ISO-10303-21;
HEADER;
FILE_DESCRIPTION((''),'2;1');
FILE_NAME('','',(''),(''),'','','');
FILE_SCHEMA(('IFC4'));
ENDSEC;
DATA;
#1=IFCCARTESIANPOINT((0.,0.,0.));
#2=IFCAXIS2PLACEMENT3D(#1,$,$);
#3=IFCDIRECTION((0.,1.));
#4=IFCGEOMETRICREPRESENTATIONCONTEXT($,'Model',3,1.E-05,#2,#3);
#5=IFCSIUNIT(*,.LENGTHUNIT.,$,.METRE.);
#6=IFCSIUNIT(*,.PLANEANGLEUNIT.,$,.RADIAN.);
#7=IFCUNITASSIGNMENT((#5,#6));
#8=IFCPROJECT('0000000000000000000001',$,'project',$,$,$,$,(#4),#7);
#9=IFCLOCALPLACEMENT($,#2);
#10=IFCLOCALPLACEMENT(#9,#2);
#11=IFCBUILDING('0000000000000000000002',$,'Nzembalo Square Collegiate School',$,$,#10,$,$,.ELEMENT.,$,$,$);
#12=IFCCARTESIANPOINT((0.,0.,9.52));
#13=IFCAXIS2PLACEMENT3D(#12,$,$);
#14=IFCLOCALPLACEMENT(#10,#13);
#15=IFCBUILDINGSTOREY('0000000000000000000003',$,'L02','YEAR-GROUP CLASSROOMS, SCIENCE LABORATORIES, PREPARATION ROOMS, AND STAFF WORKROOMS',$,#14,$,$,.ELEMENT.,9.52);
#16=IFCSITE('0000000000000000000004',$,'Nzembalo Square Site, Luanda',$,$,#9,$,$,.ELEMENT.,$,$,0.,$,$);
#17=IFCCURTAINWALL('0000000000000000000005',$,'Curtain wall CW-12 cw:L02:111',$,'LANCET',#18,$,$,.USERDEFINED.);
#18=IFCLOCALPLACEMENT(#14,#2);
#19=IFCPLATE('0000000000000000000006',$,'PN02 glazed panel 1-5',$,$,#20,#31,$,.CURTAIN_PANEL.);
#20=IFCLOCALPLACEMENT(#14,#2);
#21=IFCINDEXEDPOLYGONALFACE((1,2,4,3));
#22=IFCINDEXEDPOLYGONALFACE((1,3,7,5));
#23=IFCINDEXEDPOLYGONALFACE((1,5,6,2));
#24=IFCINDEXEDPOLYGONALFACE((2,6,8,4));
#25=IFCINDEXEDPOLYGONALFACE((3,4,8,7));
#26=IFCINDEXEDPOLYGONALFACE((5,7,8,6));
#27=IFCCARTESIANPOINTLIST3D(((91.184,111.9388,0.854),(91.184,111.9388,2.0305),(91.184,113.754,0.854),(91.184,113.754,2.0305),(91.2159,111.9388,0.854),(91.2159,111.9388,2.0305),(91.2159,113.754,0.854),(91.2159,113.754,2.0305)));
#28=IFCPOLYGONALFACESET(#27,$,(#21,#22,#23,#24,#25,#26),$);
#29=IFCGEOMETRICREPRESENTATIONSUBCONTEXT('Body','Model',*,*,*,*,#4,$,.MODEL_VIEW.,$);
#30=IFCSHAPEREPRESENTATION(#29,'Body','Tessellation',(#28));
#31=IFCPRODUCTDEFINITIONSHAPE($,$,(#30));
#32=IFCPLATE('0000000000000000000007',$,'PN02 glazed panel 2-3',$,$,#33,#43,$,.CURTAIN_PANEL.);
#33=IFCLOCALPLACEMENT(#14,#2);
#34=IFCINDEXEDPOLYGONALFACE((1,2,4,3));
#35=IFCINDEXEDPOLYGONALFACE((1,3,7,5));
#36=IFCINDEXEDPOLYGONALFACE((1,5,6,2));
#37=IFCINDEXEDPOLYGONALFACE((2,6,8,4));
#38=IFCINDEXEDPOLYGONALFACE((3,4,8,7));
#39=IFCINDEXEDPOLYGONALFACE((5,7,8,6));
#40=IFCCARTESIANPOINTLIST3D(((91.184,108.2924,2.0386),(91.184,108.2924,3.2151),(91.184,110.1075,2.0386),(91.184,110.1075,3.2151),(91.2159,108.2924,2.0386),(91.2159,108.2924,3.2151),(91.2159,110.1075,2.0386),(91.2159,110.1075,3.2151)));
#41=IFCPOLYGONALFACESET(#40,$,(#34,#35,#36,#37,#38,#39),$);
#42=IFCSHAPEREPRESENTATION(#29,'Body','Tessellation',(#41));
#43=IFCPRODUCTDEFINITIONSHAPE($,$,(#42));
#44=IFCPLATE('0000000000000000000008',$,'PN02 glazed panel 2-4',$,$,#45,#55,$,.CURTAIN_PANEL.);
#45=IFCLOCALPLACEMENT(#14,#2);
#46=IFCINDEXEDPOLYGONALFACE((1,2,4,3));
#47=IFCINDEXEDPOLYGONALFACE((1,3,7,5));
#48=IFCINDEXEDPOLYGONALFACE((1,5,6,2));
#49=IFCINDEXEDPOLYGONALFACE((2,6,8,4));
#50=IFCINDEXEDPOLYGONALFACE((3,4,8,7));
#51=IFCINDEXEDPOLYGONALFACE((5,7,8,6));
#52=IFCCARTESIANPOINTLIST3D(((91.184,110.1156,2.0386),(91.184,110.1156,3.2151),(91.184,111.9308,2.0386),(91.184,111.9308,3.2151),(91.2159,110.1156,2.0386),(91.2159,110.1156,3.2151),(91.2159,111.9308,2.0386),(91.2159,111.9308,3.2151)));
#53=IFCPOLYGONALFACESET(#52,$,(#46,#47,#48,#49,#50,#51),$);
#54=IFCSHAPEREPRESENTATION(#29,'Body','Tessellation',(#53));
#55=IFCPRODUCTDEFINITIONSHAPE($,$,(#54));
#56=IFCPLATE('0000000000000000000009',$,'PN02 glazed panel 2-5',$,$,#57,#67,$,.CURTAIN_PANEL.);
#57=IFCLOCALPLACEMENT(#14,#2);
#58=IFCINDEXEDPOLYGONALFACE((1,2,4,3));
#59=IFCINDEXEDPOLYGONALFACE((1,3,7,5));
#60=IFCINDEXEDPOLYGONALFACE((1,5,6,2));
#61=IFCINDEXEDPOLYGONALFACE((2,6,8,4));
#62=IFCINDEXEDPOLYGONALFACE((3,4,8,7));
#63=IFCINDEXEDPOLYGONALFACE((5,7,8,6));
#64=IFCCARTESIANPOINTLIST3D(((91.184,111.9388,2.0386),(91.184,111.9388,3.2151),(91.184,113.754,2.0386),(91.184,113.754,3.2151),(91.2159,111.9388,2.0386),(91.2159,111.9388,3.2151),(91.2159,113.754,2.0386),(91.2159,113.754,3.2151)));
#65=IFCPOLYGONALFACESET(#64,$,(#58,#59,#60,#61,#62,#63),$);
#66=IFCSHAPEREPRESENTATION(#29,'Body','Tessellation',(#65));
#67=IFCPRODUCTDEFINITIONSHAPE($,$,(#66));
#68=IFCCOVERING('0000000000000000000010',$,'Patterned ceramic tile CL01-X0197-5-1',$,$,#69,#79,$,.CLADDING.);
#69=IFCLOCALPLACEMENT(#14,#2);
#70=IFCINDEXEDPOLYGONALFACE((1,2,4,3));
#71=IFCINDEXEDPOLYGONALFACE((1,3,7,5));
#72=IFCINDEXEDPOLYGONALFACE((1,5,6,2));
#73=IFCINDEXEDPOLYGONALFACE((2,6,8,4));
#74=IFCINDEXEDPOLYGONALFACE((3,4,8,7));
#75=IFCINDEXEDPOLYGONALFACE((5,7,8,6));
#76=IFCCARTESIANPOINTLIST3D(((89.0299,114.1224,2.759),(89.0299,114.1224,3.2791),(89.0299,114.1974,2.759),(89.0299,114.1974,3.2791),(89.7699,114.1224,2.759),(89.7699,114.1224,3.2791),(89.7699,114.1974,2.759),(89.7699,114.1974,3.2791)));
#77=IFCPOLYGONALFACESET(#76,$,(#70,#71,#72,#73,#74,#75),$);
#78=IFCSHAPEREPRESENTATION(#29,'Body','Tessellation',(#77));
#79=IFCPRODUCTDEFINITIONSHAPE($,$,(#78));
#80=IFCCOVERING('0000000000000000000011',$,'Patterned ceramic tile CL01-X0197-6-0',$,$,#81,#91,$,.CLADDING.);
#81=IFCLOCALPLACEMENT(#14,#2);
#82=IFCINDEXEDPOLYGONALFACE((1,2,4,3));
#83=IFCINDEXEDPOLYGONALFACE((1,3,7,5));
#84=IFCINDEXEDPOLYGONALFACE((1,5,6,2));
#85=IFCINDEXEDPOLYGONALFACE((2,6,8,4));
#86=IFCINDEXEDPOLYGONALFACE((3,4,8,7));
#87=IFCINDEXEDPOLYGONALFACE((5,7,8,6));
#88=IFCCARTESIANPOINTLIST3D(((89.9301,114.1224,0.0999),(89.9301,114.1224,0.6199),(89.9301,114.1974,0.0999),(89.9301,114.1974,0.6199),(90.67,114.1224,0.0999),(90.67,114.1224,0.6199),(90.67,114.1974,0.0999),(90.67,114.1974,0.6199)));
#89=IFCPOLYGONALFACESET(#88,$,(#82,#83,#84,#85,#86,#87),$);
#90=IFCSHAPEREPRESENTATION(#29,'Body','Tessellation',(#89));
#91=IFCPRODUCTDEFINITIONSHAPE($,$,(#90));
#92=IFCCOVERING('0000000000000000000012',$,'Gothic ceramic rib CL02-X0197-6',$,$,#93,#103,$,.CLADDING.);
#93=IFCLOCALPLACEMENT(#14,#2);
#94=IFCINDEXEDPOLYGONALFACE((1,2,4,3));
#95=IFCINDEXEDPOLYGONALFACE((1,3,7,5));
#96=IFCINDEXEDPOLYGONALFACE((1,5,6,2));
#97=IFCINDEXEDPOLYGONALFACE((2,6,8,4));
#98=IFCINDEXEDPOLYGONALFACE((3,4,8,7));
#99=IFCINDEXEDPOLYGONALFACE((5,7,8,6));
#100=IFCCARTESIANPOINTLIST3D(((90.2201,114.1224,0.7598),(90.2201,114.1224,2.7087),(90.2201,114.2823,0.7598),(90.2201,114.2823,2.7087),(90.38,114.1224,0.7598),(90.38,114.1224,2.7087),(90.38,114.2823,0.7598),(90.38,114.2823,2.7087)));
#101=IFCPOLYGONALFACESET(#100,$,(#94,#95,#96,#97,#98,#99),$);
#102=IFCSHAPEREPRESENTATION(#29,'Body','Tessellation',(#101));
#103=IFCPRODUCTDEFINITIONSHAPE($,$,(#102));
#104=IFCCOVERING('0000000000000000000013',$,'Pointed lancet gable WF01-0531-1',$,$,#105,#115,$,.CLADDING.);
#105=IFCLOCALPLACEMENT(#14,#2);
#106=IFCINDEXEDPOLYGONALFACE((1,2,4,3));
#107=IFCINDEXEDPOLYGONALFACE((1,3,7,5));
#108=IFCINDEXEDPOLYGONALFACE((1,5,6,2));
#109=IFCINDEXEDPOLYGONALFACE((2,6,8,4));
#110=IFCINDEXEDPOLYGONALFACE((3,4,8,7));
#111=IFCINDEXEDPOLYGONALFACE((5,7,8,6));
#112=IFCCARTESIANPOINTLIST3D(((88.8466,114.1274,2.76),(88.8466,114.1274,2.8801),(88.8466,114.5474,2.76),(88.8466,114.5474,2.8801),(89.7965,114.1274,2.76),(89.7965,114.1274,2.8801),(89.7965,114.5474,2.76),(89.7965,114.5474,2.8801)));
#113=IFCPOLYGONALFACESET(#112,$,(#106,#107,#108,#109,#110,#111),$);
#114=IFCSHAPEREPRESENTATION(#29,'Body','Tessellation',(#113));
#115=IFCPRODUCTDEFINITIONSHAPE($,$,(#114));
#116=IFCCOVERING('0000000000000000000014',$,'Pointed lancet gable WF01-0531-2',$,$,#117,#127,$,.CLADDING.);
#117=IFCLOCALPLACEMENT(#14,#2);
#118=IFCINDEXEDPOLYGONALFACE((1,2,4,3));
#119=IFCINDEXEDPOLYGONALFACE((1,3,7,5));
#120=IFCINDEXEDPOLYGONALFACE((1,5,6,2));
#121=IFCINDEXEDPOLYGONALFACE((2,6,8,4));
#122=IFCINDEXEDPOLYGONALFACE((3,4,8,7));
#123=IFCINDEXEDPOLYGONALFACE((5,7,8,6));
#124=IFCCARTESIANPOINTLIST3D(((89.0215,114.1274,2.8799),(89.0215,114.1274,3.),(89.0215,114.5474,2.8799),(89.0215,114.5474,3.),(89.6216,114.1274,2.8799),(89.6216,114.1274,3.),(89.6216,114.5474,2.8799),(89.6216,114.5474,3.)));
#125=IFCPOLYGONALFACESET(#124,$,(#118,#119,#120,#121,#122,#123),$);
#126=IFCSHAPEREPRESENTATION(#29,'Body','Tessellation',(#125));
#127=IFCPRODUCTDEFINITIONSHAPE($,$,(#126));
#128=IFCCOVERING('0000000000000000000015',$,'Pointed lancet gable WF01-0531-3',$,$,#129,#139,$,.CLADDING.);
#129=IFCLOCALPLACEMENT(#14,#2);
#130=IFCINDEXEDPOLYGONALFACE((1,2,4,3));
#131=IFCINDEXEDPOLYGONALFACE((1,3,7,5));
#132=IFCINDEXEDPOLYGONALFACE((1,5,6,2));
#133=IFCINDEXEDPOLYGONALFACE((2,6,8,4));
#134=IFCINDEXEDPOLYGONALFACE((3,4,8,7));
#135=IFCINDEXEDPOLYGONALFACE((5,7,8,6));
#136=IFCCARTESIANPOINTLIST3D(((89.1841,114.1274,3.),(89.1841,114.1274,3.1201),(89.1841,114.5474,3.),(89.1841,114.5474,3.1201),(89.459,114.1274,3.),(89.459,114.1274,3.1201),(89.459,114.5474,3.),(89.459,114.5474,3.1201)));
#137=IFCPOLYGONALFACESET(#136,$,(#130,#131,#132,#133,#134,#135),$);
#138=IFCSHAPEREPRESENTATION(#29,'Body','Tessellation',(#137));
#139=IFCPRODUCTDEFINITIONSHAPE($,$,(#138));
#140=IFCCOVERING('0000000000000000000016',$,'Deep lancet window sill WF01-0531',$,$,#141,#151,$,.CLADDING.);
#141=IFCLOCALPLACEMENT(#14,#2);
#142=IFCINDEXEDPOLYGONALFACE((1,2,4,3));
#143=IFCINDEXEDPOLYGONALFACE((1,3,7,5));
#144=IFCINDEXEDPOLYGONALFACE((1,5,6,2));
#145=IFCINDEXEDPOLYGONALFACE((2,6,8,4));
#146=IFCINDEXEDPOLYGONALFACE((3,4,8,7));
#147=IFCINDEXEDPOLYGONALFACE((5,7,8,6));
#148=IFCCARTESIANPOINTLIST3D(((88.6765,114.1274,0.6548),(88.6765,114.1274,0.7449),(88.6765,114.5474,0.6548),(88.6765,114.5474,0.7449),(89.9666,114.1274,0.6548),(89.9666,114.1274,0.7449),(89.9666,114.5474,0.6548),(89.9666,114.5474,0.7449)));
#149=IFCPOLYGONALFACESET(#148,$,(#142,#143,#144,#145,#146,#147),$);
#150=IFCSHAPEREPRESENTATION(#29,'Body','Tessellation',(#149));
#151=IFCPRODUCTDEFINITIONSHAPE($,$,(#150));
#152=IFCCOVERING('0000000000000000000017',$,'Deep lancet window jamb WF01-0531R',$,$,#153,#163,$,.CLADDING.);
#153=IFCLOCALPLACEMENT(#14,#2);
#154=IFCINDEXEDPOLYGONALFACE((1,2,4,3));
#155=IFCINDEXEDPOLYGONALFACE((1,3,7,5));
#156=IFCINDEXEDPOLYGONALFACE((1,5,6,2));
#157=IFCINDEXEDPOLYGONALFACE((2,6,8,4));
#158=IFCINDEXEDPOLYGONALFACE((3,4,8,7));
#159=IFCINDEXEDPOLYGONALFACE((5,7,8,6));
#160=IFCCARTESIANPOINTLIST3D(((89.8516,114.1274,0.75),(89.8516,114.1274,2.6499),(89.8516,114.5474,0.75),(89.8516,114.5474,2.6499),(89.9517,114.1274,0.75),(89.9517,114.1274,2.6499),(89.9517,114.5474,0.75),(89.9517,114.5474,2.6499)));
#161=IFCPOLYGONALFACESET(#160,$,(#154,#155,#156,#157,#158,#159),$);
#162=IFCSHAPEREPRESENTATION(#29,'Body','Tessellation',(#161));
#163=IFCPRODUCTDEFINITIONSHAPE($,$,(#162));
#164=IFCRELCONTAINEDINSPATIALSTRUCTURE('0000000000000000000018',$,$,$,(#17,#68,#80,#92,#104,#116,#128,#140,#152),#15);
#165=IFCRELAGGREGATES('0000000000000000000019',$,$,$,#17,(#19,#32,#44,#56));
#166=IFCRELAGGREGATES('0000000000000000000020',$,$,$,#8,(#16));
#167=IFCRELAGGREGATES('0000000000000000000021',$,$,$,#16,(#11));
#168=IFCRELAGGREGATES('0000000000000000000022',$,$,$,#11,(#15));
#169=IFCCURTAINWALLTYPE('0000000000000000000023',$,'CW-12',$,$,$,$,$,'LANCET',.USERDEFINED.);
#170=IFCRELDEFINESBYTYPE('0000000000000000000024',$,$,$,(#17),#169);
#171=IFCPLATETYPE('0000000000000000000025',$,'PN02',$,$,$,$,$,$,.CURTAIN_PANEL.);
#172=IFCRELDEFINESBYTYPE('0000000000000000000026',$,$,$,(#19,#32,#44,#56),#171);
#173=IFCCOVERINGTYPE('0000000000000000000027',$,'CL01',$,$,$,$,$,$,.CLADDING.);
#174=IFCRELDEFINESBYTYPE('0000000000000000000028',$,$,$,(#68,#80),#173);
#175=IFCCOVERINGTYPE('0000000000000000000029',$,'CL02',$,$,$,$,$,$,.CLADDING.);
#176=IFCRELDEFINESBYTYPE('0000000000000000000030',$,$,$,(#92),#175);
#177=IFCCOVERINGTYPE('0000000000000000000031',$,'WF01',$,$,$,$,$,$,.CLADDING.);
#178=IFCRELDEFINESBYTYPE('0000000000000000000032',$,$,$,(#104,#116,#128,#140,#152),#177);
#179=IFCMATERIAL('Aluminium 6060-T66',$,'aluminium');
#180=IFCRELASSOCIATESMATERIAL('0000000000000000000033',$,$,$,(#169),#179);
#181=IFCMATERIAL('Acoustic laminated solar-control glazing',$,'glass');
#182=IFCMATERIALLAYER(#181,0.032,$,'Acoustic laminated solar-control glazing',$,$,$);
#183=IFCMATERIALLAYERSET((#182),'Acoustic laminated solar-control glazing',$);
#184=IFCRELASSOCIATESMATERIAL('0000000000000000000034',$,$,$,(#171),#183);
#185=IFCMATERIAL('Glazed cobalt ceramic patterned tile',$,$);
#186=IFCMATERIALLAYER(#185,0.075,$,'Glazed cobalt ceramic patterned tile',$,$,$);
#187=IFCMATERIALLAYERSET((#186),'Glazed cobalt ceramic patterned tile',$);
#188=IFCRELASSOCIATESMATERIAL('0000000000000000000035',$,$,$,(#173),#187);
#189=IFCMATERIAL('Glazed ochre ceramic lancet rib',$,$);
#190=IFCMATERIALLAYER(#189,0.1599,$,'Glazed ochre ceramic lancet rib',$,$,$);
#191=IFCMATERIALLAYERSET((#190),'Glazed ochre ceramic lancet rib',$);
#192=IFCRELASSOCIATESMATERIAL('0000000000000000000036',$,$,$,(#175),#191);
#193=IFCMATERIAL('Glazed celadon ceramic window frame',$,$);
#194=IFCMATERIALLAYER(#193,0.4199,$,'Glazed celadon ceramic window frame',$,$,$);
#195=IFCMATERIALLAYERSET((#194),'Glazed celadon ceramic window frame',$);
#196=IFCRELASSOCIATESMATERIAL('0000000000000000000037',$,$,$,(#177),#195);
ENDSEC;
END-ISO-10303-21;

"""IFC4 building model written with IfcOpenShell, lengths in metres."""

from ifc_helpers import new_model, si_unit, direction, frame, origin, origin_2d, place, context, subcontext, project, spatial, rectangle, extrude, material, layer, layer_set, type_object, element, aggregate, save


model = new_model("IFC4")

# Units and contexts
model_context = context("Model", 3, precision=1e-05, world=origin(), true_north=direction((0.0, 1.0)))
body_context = subcontext(model_context, "Body", "Model", "MODEL_VIEW")
ifc_project = project(units=[si_unit("LENGTHUNIT", "METRE"), si_unit("PLANEANGLEUNIT", "RADIAN")], contexts=[model_context])

# Site, building, storey
site_placement = place(None, origin())
site = spatial("IfcSite", under=ifc_project, at=site_placement, Name="Nzembalo Square Site, Luanda", CompositionType="ELEMENT", RefElevation=0.0)
building_placement = place(site_placement, origin())
building = spatial("IfcBuilding", under=site, at=building_placement, Name="Nzembalo Square Collegiate School", CompositionType="ELEMENT")
storey_placement = place(building_placement, frame((0.0, 0.0, 9.52)))
storey = spatial("IfcBuildingStorey", under=building, at=storey_placement, Name="L02", Description="YEAR-GROUP CLASSROOMS, SCIENCE LABORATORIES, PREPARATION ROOMS, AND STAFF WORKROOMS", CompositionType="ELEMENT", Elevation=9.52)

# Curtain wall, plates
ifc_material_1 = material(Name="Aluminium 6060-T66", Category="aluminium")
curtain_wall_type = type_object("IfcCurtainWallType", Name="CW-12", ElementType="LANCET", PredefinedType="USERDEFINED", material=ifc_material_1)
curtain_wall_placement = place(storey_placement, origin())
curtain_wall = element("IfcCurtainWall", 1, at=curtain_wall_placement, inside=storey, type_object=curtain_wall_type, Name="Curtain wall CW-12 cw:L02:111", ObjectType="LANCET", PredefinedType="USERDEFINED")
ifc_material_2 = material(Name="Acoustic laminated solar-control glazing", Category="glass")
ifc_layer_1 = layer(ifc_material_2, 0.032, Name="Acoustic laminated solar-control glazing")
ifc_layer_set_1 = layer_set([ifc_layer_1], Name="Acoustic laminated solar-control glazing")
plate_type = type_object("IfcPlateType", Name="PN02", PredefinedType="CURTAIN_PANEL", material=ifc_layer_set_1)
plate_1_placement = place(storey_placement, frame((91.2, 112.8464, 0.854), z_axis=(0.0, 0.0, 1.0), x_axis=(0.0, 1.0, 0.0)))
plate_1 = element("IfcPlate", 2, at=plate_1_placement, type_object=plate_type, Name="PN02 glazed panel 1-5", PredefinedType="CURTAIN_PANEL", context=body_context, shape_type="SweptSolid", body=[
    extrude(rectangle(XDim=1.8152, YDim=0.032, at=origin_2d()), origin(), (0.0, 0.0, 1.0), 1.1765),
])
plate_2_placement = place(storey_placement, frame((91.2, 109.2, 2.0386), z_axis=(0.0, 0.0, 1.0), x_axis=(0.0, 1.0, 0.0)))
plate_2 = element("IfcPlate", 3, at=plate_2_placement, type_object=plate_type, Name="PN02 glazed panel 2-3", PredefinedType="CURTAIN_PANEL", context=body_context, shape_type="SweptSolid", body=[
    extrude(rectangle(XDim=1.8152, YDim=0.032, at=origin_2d()), origin(), (0.0, 0.0, 1.0), 1.1765),
])
plate_3_placement = place(storey_placement, frame((91.2, 111.0232, 2.0386), z_axis=(0.0, 0.0, 1.0), x_axis=(0.0, 1.0, 0.0)))
plate_3 = element("IfcPlate", 4, at=plate_3_placement, type_object=plate_type, Name="PN02 glazed panel 2-4", PredefinedType="CURTAIN_PANEL", context=body_context, shape_type="SweptSolid", body=[
    extrude(rectangle(XDim=1.8152, YDim=0.032, at=origin_2d()), origin(), (0.0, 0.0, 1.0), 1.1765),
])
plate_4_placement = place(storey_placement, frame((91.2, 112.8464, 2.0386), z_axis=(0.0, 0.0, 1.0), x_axis=(0.0, 1.0, 0.0)))
plate_4 = element("IfcPlate", 5, at=plate_4_placement, type_object=plate_type, Name="PN02 glazed panel 2-5", PredefinedType="CURTAIN_PANEL", context=body_context, shape_type="SweptSolid", body=[
    extrude(rectangle(XDim=1.8152, YDim=0.032, at=origin_2d()), origin(), (0.0, 0.0, 1.0), 1.1765),
])
aggregate(curtain_wall, [plate_1, plate_2, plate_3, plate_4])

# Coverings
ifc_material_3 = material(Name="Glazed cobalt ceramic patterned tile")
ifc_layer_2 = layer(ifc_material_3, 0.075, Name="Glazed cobalt ceramic patterned tile")
ifc_layer_set_2 = layer_set([ifc_layer_2], Name="Glazed cobalt ceramic patterned tile")
covering_type_1 = type_object("IfcCoveringType", Name="CL01", PredefinedType="CLADDING", material=ifc_layer_set_2)
for number, where, z_axis, x_axis, name in (
    (6, (89.3999, 114.1599, 2.759), (0.0, 0.0, 1.0), (1.0, 0.0, 0.0), "Patterned ceramic tile CL01-X0197-5-1"),
    (7, (90.3, 114.1599, 0.0999), (0.0, 0.0, 1.0), (1.0, 0.0, 0.0), "Patterned ceramic tile CL01-X0197-6-0"),
):
    element("IfcCovering", number, at=place(storey_placement, frame(where, z_axis=z_axis, x_axis=x_axis)), inside=storey, type_object=covering_type_1, Name=name, PredefinedType="CLADDING", context=body_context, shape_type="SweptSolid", body=[
        extrude(rectangle(XDim=0.74, YDim=0.075, at=origin_2d()), origin(), (0.0, 0.0, 1.0), 0.52),
    ])
ifc_material_4 = material(Name="Glazed ochre ceramic lancet rib")
ifc_layer_3 = layer(ifc_material_4, 0.1599, Name="Glazed ochre ceramic lancet rib")
ifc_layer_set_3 = layer_set([ifc_layer_3], Name="Glazed ochre ceramic lancet rib")
covering_type_2 = type_object("IfcCoveringType", Name="CL02", PredefinedType="CLADDING", material=ifc_layer_set_3)
covering_1_placement = place(storey_placement, frame((90.3, 114.2024, 0.7598), z_axis=(0.0, 0.0, 1.0), x_axis=(1.0, 0.0, 0.0)))
element("IfcCovering", 8, at=covering_1_placement, inside=storey, type_object=covering_type_2, Name="Gothic ceramic rib CL02-X0197-6", PredefinedType="CLADDING", context=body_context, shape_type="SweptSolid", body=[
    extrude(rectangle(XDim=0.1599, YDim=0.1599, at=origin_2d()), origin(), (0.0, 0.0, 1.0), 1.949),
])
ifc_material_5 = material(Name="Glazed celadon ceramic window frame")
ifc_layer_4 = layer(ifc_material_5, 0.4199, Name="Glazed celadon ceramic window frame")
ifc_layer_set_4 = layer_set([ifc_layer_4], Name="Glazed celadon ceramic window frame")
covering_type_3 = type_object("IfcCoveringType", Name="WF01", PredefinedType="CLADDING", material=ifc_layer_set_4)
covering_2_placement = place(storey_placement, frame((89.3215, 114.3374, 2.76), z_axis=(0.0, 0.0, 1.0), x_axis=(1.0, 0.0, 0.0)))
element("IfcCovering", 9, at=covering_2_placement, inside=storey, type_object=covering_type_3, Name="Pointed lancet gable WF01-0531-1", PredefinedType="CLADDING", context=body_context, shape_type="SweptSolid", body=[
    extrude(rectangle(XDim=0.95, YDim=0.4199, at=origin_2d()), origin(), (0.0, 0.0, 1.0), 0.1201),
])
covering_3_placement = place(storey_placement, frame((89.3215, 114.3374, 2.8799), z_axis=(0.0, 0.0, 1.0), x_axis=(1.0, 0.0, 0.0)))
element("IfcCovering", 10, at=covering_3_placement, inside=storey, type_object=covering_type_3, Name="Pointed lancet gable WF01-0531-2", PredefinedType="CLADDING", context=body_context, shape_type="SweptSolid", body=[
    extrude(rectangle(XDim=0.6001, YDim=0.4199, at=origin_2d()), origin(), (0.0, 0.0, 1.0), 0.1201),
])
covering_4_placement = place(storey_placement, frame((89.3215, 114.3374, 3.0), z_axis=(0.0, 0.0, 1.0), x_axis=(1.0, 0.0, 0.0)))
element("IfcCovering", 11, at=covering_4_placement, inside=storey, type_object=covering_type_3, Name="Pointed lancet gable WF01-0531-3", PredefinedType="CLADDING", context=body_context, shape_type="SweptSolid", body=[
    extrude(rectangle(XDim=0.2749, YDim=0.4199, at=origin_2d()), origin(), (0.0, 0.0, 1.0), 0.1201),
])
covering_5_placement = place(storey_placement, frame((89.3215, 114.3374, 0.6548), z_axis=(0.0, 0.0, 1.0), x_axis=(1.0, 0.0, 0.0)))
element("IfcCovering", 12, at=covering_5_placement, inside=storey, type_object=covering_type_3, Name="Deep lancet window sill WF01-0531", PredefinedType="CLADDING", context=body_context, shape_type="SweptSolid", body=[
    extrude(rectangle(XDim=1.29, YDim=0.4199, at=origin_2d()), origin(), (0.0, 0.0, 1.0), 0.0901),
])
covering_6_placement = place(storey_placement, frame((89.9016, 114.3374, 0.75), z_axis=(0.0, 0.0, 1.0), x_axis=(1.0, 0.0, 0.0)))
element("IfcCovering", 13, at=covering_6_placement, inside=storey, type_object=covering_type_3, Name="Deep lancet window jamb WF01-0531R", PredefinedType="CLADDING", context=body_context, shape_type="SweptSolid", body=[
    extrude(rectangle(XDim=0.1001, YDim=0.4199, at=origin_2d()), origin(), (0.0, 0.0, 1.0), 1.8999),
])

save(model, "model.ifc")
